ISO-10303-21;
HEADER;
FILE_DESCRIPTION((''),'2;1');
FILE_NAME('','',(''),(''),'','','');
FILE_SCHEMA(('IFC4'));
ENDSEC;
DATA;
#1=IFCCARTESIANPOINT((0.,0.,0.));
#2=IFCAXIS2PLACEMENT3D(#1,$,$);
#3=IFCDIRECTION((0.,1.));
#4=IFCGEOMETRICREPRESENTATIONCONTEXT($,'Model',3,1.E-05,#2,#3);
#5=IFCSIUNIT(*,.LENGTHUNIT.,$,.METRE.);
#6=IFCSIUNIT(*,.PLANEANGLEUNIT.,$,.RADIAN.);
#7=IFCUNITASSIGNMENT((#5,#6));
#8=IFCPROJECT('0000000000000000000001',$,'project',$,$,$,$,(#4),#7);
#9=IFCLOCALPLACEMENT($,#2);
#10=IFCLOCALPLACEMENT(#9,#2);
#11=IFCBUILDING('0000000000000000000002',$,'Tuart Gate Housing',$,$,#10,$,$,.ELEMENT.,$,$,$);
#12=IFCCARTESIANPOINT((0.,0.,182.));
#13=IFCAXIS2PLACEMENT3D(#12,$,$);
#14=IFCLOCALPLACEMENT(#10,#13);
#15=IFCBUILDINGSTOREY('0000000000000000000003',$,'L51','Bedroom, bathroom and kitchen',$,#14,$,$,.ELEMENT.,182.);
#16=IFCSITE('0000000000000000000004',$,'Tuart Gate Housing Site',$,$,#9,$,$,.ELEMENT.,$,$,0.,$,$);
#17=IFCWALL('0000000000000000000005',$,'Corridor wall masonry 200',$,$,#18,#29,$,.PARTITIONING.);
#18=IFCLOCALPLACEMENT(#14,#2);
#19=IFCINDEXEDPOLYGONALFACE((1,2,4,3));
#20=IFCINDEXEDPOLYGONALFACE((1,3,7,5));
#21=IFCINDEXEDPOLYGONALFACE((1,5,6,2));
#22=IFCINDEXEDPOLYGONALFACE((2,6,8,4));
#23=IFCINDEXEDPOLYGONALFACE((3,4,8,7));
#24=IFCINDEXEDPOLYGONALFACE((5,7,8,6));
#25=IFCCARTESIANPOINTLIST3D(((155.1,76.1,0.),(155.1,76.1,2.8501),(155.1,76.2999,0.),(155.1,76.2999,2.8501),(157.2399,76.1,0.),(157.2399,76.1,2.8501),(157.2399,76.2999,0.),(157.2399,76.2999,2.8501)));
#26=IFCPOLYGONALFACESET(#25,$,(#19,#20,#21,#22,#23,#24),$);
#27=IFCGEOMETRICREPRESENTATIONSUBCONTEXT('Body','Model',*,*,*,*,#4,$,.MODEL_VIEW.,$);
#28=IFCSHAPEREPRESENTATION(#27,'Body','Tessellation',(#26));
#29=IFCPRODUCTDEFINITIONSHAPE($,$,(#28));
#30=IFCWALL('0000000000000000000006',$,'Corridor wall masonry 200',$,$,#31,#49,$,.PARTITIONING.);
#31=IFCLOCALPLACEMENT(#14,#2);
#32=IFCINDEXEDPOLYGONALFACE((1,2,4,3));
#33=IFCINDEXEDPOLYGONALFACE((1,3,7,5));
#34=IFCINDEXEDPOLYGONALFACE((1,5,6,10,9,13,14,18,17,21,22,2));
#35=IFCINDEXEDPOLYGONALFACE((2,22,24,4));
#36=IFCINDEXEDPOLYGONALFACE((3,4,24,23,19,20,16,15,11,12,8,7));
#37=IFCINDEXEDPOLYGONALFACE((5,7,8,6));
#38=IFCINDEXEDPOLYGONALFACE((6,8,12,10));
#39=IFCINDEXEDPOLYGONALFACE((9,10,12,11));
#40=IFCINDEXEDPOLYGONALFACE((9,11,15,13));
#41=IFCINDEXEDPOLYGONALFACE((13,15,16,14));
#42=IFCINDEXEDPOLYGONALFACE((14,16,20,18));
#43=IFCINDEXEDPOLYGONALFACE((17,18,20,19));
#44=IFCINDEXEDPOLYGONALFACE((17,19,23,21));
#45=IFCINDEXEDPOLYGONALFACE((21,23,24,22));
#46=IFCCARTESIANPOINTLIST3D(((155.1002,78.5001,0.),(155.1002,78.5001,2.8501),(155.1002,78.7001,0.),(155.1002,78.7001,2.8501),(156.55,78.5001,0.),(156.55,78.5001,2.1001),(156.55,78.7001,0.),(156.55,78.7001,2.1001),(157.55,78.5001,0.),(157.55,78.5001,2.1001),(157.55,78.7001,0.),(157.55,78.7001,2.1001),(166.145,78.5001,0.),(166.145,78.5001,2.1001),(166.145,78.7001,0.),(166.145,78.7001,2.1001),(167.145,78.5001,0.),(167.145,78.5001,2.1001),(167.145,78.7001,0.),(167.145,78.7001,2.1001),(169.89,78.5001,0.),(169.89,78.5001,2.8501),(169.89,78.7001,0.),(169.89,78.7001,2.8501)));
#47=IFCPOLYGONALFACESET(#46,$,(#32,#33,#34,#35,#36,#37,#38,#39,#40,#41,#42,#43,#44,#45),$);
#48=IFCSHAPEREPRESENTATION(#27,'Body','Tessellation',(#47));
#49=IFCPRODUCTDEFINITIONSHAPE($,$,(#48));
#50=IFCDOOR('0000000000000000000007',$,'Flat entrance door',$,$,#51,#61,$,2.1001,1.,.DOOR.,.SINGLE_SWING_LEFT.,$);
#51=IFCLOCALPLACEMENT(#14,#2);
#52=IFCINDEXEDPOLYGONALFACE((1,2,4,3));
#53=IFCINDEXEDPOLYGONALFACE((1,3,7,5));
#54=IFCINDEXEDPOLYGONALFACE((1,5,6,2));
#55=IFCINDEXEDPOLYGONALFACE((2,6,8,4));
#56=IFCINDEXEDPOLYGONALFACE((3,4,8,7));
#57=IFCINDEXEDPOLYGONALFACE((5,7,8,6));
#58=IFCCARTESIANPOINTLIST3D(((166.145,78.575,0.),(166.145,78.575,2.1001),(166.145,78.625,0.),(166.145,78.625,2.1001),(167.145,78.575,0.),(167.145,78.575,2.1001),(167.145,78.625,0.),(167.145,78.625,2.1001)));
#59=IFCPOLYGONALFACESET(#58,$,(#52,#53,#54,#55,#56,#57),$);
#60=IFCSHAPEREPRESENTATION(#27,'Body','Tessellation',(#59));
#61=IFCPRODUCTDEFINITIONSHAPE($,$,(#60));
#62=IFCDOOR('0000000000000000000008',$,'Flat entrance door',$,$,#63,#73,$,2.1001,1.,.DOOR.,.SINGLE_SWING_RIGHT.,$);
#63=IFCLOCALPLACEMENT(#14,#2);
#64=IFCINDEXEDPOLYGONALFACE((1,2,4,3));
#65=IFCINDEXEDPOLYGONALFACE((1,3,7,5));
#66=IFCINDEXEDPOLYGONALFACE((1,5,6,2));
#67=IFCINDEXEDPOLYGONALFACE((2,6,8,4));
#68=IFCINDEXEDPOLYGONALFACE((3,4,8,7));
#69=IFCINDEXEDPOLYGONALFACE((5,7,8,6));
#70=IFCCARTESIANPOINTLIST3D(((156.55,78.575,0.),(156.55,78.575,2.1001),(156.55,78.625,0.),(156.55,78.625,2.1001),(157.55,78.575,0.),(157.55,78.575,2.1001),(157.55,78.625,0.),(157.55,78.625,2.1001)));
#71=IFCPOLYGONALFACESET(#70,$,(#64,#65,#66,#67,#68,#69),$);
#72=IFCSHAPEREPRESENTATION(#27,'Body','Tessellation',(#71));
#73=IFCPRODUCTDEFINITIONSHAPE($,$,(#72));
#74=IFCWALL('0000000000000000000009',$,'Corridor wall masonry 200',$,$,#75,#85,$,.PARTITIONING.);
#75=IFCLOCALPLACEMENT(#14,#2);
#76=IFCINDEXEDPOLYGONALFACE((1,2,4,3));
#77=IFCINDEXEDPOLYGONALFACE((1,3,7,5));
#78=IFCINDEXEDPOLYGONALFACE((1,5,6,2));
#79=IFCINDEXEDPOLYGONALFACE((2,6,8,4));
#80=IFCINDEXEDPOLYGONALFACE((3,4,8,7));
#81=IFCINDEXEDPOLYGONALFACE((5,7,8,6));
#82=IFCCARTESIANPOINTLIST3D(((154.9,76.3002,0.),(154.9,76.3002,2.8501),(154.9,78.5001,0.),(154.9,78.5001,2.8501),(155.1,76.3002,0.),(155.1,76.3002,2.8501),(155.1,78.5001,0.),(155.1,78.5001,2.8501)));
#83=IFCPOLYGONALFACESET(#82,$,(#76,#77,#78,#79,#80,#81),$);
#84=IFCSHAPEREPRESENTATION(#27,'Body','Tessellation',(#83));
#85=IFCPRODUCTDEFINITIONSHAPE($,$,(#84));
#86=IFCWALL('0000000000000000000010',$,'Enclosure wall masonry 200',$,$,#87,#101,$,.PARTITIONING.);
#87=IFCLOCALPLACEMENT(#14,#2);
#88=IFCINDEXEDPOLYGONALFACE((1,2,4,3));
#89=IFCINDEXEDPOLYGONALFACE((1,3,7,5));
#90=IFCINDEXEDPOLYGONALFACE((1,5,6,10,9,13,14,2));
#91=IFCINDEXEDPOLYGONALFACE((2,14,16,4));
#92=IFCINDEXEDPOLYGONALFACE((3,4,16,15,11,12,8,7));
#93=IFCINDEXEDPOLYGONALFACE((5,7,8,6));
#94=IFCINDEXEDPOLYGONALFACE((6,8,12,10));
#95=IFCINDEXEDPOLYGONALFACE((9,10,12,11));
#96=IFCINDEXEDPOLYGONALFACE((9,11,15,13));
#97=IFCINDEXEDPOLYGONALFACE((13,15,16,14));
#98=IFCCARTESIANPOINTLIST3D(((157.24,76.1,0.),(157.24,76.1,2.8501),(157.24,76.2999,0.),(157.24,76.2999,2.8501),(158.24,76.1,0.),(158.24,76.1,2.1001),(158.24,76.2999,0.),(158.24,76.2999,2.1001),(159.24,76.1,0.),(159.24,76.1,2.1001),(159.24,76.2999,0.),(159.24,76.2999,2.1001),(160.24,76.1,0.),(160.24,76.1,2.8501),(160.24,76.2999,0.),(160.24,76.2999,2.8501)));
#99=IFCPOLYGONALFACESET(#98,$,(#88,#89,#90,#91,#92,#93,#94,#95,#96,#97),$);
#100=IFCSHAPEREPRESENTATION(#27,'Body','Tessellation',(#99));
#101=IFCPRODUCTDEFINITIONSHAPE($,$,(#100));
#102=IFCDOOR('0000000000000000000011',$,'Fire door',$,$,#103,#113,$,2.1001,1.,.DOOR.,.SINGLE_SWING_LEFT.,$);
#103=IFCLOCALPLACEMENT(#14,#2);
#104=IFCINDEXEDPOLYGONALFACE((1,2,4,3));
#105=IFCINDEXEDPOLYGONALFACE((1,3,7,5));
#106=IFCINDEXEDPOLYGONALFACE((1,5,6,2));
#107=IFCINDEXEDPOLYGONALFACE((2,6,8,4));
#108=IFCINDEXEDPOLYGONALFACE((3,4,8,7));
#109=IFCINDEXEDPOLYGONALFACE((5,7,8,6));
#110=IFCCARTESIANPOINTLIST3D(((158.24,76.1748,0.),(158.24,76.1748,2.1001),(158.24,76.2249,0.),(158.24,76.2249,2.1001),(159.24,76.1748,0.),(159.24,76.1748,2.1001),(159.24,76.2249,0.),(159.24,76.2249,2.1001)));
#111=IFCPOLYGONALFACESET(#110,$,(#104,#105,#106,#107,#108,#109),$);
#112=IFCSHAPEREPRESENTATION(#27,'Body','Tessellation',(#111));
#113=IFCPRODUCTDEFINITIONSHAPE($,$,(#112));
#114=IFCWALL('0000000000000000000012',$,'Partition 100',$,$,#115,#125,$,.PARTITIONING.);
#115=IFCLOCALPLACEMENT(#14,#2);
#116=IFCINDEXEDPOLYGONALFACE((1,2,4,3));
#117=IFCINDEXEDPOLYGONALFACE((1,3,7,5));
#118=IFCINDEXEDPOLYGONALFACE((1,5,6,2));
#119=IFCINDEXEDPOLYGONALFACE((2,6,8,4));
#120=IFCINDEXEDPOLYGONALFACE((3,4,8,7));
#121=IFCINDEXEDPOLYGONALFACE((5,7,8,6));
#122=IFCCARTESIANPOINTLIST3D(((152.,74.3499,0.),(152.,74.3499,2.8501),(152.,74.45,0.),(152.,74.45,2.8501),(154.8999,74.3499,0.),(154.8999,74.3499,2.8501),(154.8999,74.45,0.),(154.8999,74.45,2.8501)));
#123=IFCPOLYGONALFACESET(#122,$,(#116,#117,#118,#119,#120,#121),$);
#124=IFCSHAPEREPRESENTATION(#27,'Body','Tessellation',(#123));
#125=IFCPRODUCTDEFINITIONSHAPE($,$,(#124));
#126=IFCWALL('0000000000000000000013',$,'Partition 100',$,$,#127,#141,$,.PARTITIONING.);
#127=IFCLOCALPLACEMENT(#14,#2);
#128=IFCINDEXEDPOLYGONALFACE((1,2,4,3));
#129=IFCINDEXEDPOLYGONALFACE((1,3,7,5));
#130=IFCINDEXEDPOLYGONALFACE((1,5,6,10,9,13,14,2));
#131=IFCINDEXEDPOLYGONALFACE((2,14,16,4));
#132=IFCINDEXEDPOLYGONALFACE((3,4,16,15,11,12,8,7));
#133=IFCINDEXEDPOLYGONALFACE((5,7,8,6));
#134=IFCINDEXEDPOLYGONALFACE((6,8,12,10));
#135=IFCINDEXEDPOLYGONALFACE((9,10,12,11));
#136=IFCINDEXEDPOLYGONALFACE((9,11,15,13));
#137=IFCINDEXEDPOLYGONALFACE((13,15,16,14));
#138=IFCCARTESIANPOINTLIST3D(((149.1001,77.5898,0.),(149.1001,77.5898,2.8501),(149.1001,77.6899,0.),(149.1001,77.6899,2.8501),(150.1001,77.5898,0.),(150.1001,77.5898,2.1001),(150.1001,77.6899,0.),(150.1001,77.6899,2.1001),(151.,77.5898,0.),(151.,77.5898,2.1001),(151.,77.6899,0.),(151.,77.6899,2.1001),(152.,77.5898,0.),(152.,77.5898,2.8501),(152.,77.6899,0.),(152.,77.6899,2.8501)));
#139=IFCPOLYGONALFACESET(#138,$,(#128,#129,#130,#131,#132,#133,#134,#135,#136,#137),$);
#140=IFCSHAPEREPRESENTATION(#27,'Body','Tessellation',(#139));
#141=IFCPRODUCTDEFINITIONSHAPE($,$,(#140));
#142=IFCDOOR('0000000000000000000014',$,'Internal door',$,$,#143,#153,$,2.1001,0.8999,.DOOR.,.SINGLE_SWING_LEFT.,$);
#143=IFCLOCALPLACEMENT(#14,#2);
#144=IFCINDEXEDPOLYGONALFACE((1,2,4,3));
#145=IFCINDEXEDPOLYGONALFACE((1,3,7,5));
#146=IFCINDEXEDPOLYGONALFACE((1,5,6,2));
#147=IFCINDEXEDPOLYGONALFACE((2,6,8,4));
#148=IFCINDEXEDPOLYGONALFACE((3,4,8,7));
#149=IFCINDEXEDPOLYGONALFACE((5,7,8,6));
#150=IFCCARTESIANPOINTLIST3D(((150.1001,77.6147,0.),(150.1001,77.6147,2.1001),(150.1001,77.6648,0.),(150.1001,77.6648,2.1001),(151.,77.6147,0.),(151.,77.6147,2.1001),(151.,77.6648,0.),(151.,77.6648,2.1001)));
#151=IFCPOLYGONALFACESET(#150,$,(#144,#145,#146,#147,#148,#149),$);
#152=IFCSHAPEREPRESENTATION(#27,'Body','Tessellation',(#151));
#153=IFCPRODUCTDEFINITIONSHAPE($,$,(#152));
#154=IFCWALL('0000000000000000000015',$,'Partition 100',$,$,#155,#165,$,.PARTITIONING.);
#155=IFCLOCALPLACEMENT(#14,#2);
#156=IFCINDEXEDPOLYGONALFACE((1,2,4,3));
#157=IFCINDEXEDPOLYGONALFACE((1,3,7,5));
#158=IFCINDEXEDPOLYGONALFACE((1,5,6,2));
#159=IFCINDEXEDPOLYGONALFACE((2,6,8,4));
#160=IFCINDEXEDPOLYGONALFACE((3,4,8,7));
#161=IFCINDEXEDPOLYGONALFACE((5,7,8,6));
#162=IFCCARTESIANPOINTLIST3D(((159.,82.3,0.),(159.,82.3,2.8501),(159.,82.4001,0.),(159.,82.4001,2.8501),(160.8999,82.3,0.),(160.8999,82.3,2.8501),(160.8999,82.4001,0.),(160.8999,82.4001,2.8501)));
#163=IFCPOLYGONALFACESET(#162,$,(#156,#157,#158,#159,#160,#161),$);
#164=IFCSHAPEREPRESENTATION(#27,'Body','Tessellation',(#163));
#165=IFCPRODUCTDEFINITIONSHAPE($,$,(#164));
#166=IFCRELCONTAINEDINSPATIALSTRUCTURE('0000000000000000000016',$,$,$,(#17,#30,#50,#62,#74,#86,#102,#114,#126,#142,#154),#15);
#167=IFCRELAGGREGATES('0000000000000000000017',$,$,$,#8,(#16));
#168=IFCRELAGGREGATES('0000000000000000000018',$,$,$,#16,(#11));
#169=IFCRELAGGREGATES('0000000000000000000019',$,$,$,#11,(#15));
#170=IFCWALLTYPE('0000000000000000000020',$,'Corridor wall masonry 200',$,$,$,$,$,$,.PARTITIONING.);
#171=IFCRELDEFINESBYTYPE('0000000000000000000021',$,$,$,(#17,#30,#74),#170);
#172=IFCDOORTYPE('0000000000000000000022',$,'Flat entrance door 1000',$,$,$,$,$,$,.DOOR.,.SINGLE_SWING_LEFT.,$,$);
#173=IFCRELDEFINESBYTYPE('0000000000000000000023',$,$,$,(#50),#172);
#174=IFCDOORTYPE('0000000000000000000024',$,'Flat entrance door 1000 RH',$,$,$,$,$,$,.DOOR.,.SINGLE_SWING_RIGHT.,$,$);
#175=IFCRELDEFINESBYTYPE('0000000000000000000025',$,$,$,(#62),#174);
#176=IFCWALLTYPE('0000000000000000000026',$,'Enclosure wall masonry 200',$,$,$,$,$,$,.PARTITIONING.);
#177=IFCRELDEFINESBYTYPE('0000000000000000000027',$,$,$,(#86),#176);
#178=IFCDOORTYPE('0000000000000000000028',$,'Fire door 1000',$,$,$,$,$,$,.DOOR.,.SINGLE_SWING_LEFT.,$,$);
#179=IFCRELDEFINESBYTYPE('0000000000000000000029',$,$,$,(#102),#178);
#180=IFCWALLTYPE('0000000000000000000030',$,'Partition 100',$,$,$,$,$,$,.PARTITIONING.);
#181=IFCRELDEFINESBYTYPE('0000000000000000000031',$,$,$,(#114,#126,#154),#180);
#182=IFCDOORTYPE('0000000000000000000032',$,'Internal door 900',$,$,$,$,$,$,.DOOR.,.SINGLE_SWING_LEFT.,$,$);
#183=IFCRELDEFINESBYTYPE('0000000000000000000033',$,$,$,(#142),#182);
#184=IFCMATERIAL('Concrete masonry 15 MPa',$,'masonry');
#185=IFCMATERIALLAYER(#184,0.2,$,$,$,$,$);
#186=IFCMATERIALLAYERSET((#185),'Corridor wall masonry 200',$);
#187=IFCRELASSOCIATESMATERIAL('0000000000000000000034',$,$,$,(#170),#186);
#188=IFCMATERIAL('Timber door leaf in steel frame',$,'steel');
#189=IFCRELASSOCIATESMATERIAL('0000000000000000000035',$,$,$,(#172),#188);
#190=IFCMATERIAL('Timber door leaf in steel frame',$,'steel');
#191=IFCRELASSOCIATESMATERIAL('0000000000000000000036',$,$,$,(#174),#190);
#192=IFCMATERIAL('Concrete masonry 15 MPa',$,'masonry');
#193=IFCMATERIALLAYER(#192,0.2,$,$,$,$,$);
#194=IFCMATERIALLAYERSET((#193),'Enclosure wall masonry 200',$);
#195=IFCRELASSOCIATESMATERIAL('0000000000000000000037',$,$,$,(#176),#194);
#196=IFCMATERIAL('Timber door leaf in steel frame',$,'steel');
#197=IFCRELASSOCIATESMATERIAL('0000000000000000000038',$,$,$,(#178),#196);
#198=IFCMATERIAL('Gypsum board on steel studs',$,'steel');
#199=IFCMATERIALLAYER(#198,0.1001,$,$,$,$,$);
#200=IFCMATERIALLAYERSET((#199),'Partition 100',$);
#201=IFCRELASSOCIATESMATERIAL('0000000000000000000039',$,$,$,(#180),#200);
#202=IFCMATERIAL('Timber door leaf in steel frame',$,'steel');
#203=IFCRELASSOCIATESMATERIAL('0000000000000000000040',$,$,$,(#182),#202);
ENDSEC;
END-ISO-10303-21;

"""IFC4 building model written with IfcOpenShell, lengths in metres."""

from ifc_helpers import new_model, si_unit, direction, frame, frame_2d, origin, place, context, subcontext, project, spatial, rectangle, extrude, material, layer, layer_set, type_object, element, fill, save


model = new_model("IFC4")

# Units and contexts
model_context = context("Model", 3, precision=1e-05, world=origin(), true_north=direction((0.0, 1.0)))
body_context = subcontext(model_context, "Body", "Model", "MODEL_VIEW")
ifc_project = project(units=[si_unit("LENGTHUNIT", "METRE"), si_unit("PLANEANGLEUNIT", "RADIAN")], contexts=[model_context])

# Site, building, storey
site_placement = place(None, origin())
site = spatial("IfcSite", under=ifc_project, at=site_placement, Name="Tuart Gate Housing Site", CompositionType="ELEMENT", RefElevation=0.0)
building_placement = place(site_placement, origin())
building = spatial("IfcBuilding", under=site, at=building_placement, Name="Tuart Gate Housing", CompositionType="ELEMENT")
storey_placement = place(building_placement, frame((0.0, 0.0, 182.0)))
storey = spatial("IfcBuildingStorey", under=building, at=storey_placement, Name="L51", Description="Bedroom, bathroom and kitchen", CompositionType="ELEMENT", Elevation=182.0)

# Wall
ifc_material_1 = material(Name="Concrete masonry 15 MPa", Category="masonry")
ifc_layer_1 = layer(ifc_material_1, 0.2)
ifc_layer_set_1 = layer_set([ifc_layer_1], Name="Corridor wall masonry 200")
wall_type_1 = type_object("IfcWallType", Name="Corridor wall masonry 200", PredefinedType="PARTITIONING", material=ifc_layer_set_1)
wall_1_placement = place(storey_placement, frame((155.1001, 76.2, 0.0), z_axis=(0.0, 0.0, 1.0), x_axis=(1.0, 0.0, 0.0)))
element("IfcWall", 1, at=wall_1_placement, inside=storey, type_object=wall_type_1, Name="Corridor wall masonry 200", PredefinedType="PARTITIONING", context=body_context, shape_type="SweptSolid", body=[
    extrude(rectangle(XDim=2.1399, YDim=0.2, at=frame_2d((1.0698, 0.0))), origin(), (0.0, 0.0, 1.0), 2.8501),
])

# Wall, openings, doors
wall_2_placement = place(storey_placement, frame((155.1001, 78.6001, 0.0), z_axis=(0.0, 0.0, 1.0), x_axis=(1.0, 0.0, 0.0)))
wall_2 = element("IfcWall", 2, at=wall_2_placement, inside=storey, type_object=wall_type_1, Name="Corridor wall masonry 200", PredefinedType="PARTITIONING", context=body_context, shape_type="SweptSolid", body=[
    extrude(rectangle(XDim=14.7898, YDim=0.2, at=frame_2d((7.395, 0.0))), origin(), (0.0, 0.0, 1.0), 2.8501),
])
opening_1_placement = place(wall_2_placement, frame((1.45, 0.0, 0.0)))
opening_1 = element("IfcOpeningElement", 3, at=opening_1_placement, cuts=wall_2, PredefinedType="OPENING", context=body_context, shape_type="SweptSolid", body=[
    extrude(rectangle(XDim=1.0, YDim=2.1001, at=frame_2d((0.5, 1.05))), frame((0.0, 0.1099, 0.0), z_axis=(0.0, -1.0, 0.0), x_axis=(1.0, 0.0, 0.0)), (0.0, 0.0, 1.0), 0.22),
])
opening_2_placement = place(wall_2_placement, frame((11.0449, 0.0, 0.0)))
opening_2 = element("IfcOpeningElement", 4, at=opening_2_placement, cuts=wall_2, PredefinedType="OPENING", context=body_context, shape_type="SweptSolid", body=[
    extrude(rectangle(XDim=1.0, YDim=2.1001, at=frame_2d((0.5, 1.05))), frame((0.0, 0.1099, 0.0), z_axis=(0.0, -1.0, 0.0), x_axis=(1.0, 0.0, 0.0)), (0.0, 0.0, 1.0), 0.22),
])
ifc_material_2 = material(Name="Timber door leaf in steel frame", Category="steel")
door_type_1 = type_object("IfcDoorType", Name="Flat entrance door 1000", OperationType="SINGLE_SWING_LEFT", PredefinedType="DOOR", material=ifc_material_2)
door_1_placement = place(opening_2_placement, origin())
door_1 = element("IfcDoor", 5, at=door_1_placement, inside=storey, type_object=door_type_1, Name="Flat entrance door", OperationType="SINGLE_SWING_LEFT", OverallHeight=2.1001, OverallWidth=1.0, PredefinedType="DOOR", context=body_context, shape_type="SweptSolid", body=[
    extrude(rectangle(XDim=1.0, YDim=2.1001, at=frame_2d((0.5, 1.05))), frame((0.0, 0.0249, 0.0), z_axis=(0.0, -1.0, 0.0), x_axis=(1.0, 0.0, 0.0)), (0.0, 0.0, 1.0), 0.05),
])
fill(opening_2, door_1)
ifc_material_3 = material(Name="Timber door leaf in steel frame", Category="steel")
door_type_2 = type_object("IfcDoorType", Name="Flat entrance door 1000 RH", OperationType="SINGLE_SWING_RIGHT", PredefinedType="DOOR", material=ifc_material_3)
door_2_placement = place(opening_1_placement, origin())
door_2 = element("IfcDoor", 6, at=door_2_placement, inside=storey, type_object=door_type_2, Name="Flat entrance door", OperationType="SINGLE_SWING_RIGHT", OverallHeight=2.1001, OverallWidth=1.0, PredefinedType="DOOR", context=body_context, shape_type="SweptSolid", body=[
    extrude(rectangle(XDim=1.0, YDim=2.1001, at=frame_2d((0.5, 1.05))), frame((0.0, 0.0249, 0.0), z_axis=(0.0, -1.0, 0.0), x_axis=(1.0, 0.0, 0.0)), (0.0, 0.0, 1.0), 0.05),
])
fill(opening_1, door_2)

# Wall
wall_3_placement = place(storey_placement, frame((155.0, 76.3, 0.0), z_axis=(0.0, 0.0, 1.0), x_axis=(0.0, 1.0, 0.0)))
element("IfcWall", 7, at=wall_3_placement, inside=storey, type_object=wall_type_1, Name="Corridor wall masonry 200", PredefinedType="PARTITIONING", context=body_context, shape_type="SweptSolid", body=[
    extrude(rectangle(XDim=2.2, YDim=0.2, at=frame_2d((1.1001, 0.0))), origin(), (0.0, 0.0, 1.0), 2.8501),
])

# Wall, opening, door
ifc_material_4 = material(Name="Concrete masonry 15 MPa", Category="masonry")
ifc_layer_2 = layer(ifc_material_4, 0.2)
ifc_layer_set_2 = layer_set([ifc_layer_2], Name="Enclosure wall masonry 200")
wall_type_2 = type_object("IfcWallType", Name="Enclosure wall masonry 200", PredefinedType="PARTITIONING", material=ifc_layer_set_2)
wall_4_placement = place(storey_placement, frame((157.24, 76.2, 0.0), z_axis=(0.0, 0.0, 1.0), x_axis=(1.0, 0.0, 0.0)))
wall_4 = element("IfcWall", 8, at=wall_4_placement, inside=storey, type_object=wall_type_2, Name="Enclosure wall masonry 200", PredefinedType="PARTITIONING", context=body_context, shape_type="SweptSolid", body=[
    extrude(rectangle(XDim=3.0, YDim=0.2, at=frame_2d((1.5, 0.0))), origin(), (0.0, 0.0, 1.0), 2.8501),
])
opening_3_placement = place(wall_4_placement, frame((1.0, 0.0, 0.0)))
opening_3 = element("IfcOpeningElement", 9, at=opening_3_placement, cuts=wall_4, PredefinedType="OPENING", context=body_context, shape_type="SweptSolid", body=[
    extrude(rectangle(XDim=1.0, YDim=2.1001, at=frame_2d((0.5, 1.05))), frame((0.0, 0.1099, 0.0), z_axis=(0.0, -1.0, 0.0), x_axis=(1.0, 0.0, 0.0)), (0.0, 0.0, 1.0), 0.22),
])
ifc_material_5 = material(Name="Timber door leaf in steel frame", Category="steel")
door_type_3 = type_object("IfcDoorType", Name="Fire door 1000", OperationType="SINGLE_SWING_LEFT", PredefinedType="DOOR", material=ifc_material_5)
door_3_placement = place(opening_3_placement, origin())
door_3 = element("IfcDoor", 10, at=door_3_placement, inside=storey, type_object=door_type_3, Name="Fire door", OperationType="SINGLE_SWING_LEFT", OverallHeight=2.1001, OverallWidth=1.0, PredefinedType="DOOR", context=body_context, shape_type="SweptSolid", body=[
    extrude(rectangle(XDim=1.0, YDim=2.1001, at=frame_2d((0.5, 1.05))), frame((0.0, 0.0249, 0.0), z_axis=(0.0, -1.0, 0.0), x_axis=(1.0, 0.0, 0.0)), (0.0, 0.0, 1.0), 0.05),
])
fill(opening_3, door_3)

# Wall
ifc_material_6 = material(Name="Gypsum board on steel studs", Category="steel")
ifc_layer_3 = layer(ifc_material_6, 0.1001)
ifc_layer_set_3 = layer_set([ifc_layer_3], Name="Partition 100")
wall_type_3 = type_object("IfcWallType", Name="Partition 100", PredefinedType="PARTITIONING", material=ifc_layer_set_3)
wall_5_placement = place(storey_placement, frame((152.0, 74.3999, 0.0), z_axis=(0.0, 0.0, 1.0), x_axis=(1.0, 0.0, 0.0)))
element("IfcWall", 11, at=wall_5_placement, inside=storey, type_object=wall_type_3, Name="Partition 100", PredefinedType="PARTITIONING", context=body_context, shape_type="SweptSolid", body=[
    extrude(rectangle(XDim=2.8999, YDim=0.1001, at=frame_2d((1.45, 0.0))), origin(), (0.0, 0.0, 1.0), 2.8501),
])

# Wall, opening, door
wall_6_placement = place(storey_placement, frame((149.1001, 77.6399, 0.0), z_axis=(0.0, 0.0, 1.0), x_axis=(1.0, 0.0, 0.0)))
wall_6 = element("IfcWall", 12, at=wall_6_placement, inside=storey, type_object=wall_type_3, Name="Partition 100", PredefinedType="PARTITIONING", context=body_context, shape_type="SweptSolid", body=[
    extrude(rectangle(XDim=2.8999, YDim=0.1001, at=frame_2d((1.45, 0.0))), origin(), (0.0, 0.0, 1.0), 2.8501),
])
opening_4_placement = place(wall_6_placement, frame((1.0, 0.0, 0.0)))
opening_4 = element("IfcOpeningElement", 13, at=opening_4_placement, cuts=wall_6, PredefinedType="OPENING", context=body_context, shape_type="SweptSolid", body=[
    extrude(rectangle(XDim=0.8999, YDim=2.1001, at=frame_2d((0.45, 1.05))), frame((0.0, 0.0601, 0.0), z_axis=(0.0, -1.0, 0.0), x_axis=(1.0, 0.0, 0.0)), (0.0, 0.0, 1.0), 0.1201),
])
ifc_material_7 = material(Name="Timber door leaf in steel frame", Category="steel")
door_type_4 = type_object("IfcDoorType", Name="Internal door 900", OperationType="SINGLE_SWING_LEFT", PredefinedType="DOOR", material=ifc_material_7)
door_4_placement = place(opening_4_placement, frame((0.8999, 0.0, 0.0), z_axis=(0.0, 0.0, 1.0), x_axis=(-1.0, 0.0, 0.0)))
door_4 = element("IfcDoor", 14, at=door_4_placement, inside=storey, type_object=door_type_4, Name="Internal door", OperationType="SINGLE_SWING_LEFT", OverallHeight=2.1001, OverallWidth=0.8999, PredefinedType="DOOR", context=body_context, shape_type="SweptSolid", body=[
    extrude(rectangle(XDim=0.8999, YDim=2.1001, at=frame_2d((0.45, 1.05))), frame((0.0, 0.0251, 0.0), z_axis=(0.0, -1.0, 0.0), x_axis=(1.0, 0.0, 0.0)), (0.0, 0.0, 1.0), 0.05),
])
fill(opening_4, door_4)

# Wall
wall_7_placement = place(storey_placement, frame((159.0, 82.3501, 0.0), z_axis=(0.0, 0.0, 1.0), x_axis=(1.0, 0.0, 0.0)))
element("IfcWall", 15, at=wall_7_placement, inside=storey, type_object=wall_type_3, Name="Partition 100", PredefinedType="PARTITIONING", context=body_context, shape_type="SweptSolid", body=[
    extrude(rectangle(XDim=1.8999, YDim=0.1001, at=frame_2d((0.95, 0.0))), origin(), (0.0, 0.0, 1.0), 2.8501),
])

save(model, "model.ifc")
